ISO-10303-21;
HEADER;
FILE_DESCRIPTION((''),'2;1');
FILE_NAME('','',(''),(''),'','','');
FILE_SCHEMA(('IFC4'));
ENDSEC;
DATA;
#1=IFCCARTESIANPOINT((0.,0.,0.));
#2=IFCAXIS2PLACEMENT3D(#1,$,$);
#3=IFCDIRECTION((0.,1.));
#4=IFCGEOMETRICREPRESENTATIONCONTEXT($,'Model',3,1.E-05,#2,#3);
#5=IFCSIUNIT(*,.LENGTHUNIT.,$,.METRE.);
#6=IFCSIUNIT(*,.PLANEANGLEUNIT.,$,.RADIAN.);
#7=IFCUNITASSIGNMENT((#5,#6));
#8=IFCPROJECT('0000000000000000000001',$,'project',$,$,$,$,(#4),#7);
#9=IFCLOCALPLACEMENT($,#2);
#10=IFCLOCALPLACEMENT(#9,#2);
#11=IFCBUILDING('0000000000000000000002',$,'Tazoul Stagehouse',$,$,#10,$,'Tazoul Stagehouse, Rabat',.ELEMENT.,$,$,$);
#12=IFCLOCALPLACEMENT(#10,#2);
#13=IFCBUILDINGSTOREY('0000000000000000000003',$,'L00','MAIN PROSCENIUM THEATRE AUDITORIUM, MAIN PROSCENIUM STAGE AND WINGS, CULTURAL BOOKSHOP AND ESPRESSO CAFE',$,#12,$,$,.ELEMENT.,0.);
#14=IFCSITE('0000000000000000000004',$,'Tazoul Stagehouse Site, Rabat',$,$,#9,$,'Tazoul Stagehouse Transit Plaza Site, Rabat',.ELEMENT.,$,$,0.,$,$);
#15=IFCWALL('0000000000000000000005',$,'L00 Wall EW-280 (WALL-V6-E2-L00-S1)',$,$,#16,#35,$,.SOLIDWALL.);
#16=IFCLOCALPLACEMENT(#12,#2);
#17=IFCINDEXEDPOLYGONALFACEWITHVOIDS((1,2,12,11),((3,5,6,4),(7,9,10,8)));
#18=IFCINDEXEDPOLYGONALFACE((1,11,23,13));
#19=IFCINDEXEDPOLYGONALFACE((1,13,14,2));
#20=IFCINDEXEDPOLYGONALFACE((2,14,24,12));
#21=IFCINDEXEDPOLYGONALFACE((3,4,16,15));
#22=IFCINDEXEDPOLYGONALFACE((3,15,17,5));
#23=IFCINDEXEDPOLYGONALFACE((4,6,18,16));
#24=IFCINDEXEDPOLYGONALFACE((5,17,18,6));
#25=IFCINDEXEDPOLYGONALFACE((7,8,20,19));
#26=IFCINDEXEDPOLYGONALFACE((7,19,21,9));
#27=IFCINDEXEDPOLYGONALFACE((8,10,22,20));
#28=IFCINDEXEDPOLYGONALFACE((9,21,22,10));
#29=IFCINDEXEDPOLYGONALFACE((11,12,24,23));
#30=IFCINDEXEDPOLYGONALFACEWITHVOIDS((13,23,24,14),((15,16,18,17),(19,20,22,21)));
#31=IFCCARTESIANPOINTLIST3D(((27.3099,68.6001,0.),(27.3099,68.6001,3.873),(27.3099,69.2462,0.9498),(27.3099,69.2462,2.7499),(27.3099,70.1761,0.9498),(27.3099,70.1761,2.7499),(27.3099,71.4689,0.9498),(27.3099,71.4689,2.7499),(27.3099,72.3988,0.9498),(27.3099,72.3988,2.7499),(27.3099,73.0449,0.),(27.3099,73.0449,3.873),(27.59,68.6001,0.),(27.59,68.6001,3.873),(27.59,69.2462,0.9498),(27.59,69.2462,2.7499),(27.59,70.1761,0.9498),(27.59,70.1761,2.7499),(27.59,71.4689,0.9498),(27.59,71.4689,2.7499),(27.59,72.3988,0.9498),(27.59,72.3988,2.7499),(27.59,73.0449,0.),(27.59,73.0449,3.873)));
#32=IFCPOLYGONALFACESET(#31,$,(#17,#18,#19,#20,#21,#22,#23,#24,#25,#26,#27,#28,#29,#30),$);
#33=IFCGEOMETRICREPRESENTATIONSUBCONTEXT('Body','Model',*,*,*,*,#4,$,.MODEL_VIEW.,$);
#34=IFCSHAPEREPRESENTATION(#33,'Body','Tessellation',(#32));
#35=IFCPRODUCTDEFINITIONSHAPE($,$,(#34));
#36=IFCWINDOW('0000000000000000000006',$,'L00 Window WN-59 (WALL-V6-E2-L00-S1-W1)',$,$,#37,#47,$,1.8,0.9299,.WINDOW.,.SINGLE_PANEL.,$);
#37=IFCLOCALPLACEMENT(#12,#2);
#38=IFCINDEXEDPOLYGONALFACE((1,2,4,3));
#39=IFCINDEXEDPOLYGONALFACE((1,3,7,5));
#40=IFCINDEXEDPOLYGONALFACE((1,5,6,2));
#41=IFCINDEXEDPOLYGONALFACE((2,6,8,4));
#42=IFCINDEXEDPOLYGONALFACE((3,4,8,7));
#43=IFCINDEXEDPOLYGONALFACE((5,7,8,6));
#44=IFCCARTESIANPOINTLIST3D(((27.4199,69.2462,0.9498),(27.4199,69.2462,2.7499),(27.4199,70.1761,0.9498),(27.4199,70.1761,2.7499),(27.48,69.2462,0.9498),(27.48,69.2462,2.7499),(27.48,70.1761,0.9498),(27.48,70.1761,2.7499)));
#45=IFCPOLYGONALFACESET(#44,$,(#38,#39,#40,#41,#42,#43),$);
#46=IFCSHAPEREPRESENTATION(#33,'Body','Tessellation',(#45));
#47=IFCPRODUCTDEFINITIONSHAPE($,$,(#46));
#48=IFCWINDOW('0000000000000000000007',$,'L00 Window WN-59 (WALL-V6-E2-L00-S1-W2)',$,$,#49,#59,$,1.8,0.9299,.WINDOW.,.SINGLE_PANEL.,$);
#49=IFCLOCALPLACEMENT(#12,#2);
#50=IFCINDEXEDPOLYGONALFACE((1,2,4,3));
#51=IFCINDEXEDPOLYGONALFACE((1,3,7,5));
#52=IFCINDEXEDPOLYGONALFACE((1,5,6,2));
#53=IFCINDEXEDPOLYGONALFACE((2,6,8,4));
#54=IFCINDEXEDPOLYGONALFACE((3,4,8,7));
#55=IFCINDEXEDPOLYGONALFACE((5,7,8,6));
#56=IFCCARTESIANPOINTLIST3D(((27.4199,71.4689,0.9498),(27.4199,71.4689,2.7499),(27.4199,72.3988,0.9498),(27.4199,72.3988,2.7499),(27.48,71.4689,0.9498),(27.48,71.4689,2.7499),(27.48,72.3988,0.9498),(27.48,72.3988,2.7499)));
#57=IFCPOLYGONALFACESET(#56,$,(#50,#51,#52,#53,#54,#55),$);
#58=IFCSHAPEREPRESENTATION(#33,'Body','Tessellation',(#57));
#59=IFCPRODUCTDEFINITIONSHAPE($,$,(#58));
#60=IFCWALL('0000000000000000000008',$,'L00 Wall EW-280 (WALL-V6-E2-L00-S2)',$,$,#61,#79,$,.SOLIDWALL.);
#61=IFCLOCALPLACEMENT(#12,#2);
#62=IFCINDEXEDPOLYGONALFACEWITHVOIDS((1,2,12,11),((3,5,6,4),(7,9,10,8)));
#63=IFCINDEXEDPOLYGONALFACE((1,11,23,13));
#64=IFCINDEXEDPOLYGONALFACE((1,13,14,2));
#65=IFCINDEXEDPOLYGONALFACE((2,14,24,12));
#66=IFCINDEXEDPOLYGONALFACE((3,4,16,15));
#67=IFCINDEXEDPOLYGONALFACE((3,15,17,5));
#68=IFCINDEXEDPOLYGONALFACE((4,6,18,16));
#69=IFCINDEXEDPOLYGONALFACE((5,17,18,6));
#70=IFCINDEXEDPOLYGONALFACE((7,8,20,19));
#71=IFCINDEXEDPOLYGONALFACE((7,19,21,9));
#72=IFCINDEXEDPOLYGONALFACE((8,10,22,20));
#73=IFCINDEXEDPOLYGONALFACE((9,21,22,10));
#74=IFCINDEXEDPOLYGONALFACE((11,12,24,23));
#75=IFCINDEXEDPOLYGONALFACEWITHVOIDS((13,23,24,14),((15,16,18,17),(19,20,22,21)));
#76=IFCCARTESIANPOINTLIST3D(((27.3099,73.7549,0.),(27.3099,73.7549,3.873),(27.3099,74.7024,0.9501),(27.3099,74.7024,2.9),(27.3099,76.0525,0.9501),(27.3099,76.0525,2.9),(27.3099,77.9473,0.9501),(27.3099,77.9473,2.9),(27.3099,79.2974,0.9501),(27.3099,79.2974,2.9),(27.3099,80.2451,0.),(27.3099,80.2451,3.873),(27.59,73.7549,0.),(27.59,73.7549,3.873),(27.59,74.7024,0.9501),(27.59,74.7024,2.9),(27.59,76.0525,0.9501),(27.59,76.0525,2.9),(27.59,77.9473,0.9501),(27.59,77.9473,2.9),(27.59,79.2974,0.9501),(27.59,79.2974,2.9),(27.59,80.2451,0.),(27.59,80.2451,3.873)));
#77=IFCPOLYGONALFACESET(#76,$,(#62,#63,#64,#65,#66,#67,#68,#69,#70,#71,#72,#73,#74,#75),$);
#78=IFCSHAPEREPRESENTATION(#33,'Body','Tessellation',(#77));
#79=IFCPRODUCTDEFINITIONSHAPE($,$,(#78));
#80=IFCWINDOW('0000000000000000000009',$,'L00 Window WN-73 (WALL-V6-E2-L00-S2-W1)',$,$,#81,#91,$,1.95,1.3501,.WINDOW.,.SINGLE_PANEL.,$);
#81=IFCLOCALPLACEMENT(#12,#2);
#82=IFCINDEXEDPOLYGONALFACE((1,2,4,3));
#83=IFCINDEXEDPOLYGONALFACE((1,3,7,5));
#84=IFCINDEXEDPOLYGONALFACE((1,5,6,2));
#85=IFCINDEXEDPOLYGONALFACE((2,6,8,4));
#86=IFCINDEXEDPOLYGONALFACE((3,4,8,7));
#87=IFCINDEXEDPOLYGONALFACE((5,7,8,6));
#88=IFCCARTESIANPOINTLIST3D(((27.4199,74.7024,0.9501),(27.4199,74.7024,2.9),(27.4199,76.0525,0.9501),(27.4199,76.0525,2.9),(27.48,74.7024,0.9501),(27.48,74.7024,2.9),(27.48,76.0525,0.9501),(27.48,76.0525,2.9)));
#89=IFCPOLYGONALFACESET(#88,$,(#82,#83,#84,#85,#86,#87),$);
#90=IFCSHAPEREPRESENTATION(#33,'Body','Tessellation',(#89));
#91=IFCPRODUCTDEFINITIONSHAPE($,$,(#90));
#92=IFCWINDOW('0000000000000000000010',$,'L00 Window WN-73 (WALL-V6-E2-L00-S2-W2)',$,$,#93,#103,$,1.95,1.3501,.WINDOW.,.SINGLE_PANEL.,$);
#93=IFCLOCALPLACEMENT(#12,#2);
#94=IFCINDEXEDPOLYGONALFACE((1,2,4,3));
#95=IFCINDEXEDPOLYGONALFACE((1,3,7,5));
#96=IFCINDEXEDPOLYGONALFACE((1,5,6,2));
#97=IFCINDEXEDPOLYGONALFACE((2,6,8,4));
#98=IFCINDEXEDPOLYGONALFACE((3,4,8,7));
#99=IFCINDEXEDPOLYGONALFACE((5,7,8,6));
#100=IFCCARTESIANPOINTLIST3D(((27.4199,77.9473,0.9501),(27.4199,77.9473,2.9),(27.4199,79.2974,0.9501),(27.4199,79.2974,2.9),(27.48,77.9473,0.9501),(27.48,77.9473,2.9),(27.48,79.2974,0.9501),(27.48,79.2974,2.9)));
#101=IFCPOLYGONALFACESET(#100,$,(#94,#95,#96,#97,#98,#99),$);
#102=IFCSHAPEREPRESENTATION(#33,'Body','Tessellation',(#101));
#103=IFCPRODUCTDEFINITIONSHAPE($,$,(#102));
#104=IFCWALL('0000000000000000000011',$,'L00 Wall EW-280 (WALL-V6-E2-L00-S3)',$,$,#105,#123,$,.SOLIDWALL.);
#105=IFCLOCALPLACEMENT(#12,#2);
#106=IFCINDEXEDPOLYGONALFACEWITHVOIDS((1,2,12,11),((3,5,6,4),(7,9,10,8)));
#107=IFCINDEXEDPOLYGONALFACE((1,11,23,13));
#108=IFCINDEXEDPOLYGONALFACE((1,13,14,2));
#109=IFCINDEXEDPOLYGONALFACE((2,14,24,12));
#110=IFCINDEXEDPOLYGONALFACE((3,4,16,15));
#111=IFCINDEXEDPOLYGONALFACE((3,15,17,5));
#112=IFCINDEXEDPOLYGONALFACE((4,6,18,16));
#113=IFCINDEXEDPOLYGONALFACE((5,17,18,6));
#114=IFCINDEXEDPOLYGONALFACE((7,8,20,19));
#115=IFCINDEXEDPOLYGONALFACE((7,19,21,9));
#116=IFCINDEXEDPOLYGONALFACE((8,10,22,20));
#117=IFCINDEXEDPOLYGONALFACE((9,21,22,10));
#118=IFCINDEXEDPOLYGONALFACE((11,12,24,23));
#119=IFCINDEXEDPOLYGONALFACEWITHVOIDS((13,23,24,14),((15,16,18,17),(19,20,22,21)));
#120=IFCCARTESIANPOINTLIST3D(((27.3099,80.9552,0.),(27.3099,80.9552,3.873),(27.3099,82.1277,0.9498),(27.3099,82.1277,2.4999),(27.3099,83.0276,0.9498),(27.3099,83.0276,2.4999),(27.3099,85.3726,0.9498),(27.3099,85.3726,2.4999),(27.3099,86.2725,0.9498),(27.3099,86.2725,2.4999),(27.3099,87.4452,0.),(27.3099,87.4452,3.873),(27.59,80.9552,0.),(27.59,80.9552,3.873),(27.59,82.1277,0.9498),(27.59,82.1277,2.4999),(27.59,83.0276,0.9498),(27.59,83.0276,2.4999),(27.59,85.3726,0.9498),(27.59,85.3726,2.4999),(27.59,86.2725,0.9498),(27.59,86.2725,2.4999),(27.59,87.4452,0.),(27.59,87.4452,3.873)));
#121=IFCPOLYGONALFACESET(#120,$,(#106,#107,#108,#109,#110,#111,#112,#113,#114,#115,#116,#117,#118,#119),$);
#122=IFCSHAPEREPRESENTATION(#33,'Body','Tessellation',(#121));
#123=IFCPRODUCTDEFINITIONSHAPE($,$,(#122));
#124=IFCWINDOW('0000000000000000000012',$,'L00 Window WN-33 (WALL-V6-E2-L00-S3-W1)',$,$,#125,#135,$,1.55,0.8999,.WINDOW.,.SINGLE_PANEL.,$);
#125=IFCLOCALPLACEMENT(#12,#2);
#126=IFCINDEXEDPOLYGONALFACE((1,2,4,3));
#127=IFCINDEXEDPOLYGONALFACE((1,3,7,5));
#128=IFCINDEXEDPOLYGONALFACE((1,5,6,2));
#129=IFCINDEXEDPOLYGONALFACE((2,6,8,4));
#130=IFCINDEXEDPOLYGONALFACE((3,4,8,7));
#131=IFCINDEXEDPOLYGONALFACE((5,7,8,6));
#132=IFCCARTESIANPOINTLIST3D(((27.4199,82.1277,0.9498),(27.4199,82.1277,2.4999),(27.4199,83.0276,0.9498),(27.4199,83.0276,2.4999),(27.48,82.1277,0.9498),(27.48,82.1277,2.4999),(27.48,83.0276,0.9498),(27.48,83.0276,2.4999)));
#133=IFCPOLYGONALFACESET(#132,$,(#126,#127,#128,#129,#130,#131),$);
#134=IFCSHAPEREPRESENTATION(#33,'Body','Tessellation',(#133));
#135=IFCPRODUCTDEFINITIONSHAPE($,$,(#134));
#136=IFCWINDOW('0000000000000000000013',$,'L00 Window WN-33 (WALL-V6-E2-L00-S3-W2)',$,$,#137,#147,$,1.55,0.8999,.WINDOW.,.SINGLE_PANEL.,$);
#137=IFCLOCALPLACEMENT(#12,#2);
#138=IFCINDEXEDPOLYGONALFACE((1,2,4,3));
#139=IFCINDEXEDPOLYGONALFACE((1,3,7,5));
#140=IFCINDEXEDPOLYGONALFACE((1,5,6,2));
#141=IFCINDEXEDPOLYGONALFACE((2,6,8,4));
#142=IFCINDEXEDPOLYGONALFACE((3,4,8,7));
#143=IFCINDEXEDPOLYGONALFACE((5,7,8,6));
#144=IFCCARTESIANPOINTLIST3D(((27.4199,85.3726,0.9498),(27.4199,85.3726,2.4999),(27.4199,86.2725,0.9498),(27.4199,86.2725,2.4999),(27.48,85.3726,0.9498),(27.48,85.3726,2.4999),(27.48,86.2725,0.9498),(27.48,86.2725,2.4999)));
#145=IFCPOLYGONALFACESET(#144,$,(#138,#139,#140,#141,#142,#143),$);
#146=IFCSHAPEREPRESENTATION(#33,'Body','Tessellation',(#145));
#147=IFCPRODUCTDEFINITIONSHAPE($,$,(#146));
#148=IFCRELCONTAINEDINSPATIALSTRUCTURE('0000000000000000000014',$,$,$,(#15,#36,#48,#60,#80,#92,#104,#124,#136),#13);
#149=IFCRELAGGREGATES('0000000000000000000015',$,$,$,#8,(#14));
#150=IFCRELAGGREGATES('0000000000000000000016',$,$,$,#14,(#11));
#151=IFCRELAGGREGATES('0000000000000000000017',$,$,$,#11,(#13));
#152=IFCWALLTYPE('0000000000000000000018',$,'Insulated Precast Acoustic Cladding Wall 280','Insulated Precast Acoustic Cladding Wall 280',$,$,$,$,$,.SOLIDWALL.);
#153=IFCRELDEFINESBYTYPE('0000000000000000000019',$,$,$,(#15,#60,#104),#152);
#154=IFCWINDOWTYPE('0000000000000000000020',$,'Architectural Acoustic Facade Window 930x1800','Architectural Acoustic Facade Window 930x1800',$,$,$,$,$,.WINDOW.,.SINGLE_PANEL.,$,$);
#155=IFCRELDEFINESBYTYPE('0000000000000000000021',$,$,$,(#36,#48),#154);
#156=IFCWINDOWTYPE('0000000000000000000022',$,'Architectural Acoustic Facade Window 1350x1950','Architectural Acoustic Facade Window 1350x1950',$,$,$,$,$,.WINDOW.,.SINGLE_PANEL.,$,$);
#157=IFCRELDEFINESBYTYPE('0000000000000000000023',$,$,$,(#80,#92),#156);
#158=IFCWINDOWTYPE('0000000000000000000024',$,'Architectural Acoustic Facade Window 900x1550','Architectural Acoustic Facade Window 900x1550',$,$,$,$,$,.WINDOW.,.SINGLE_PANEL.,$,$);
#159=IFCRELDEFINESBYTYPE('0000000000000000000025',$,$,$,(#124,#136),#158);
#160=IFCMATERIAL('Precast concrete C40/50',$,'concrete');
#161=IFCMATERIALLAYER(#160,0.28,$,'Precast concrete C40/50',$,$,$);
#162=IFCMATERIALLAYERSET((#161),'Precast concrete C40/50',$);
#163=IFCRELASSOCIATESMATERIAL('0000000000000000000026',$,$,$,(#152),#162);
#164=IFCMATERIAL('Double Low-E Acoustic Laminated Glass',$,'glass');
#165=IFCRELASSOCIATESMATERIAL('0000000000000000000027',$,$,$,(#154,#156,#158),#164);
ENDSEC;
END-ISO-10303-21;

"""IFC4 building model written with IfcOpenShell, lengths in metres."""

from ifc_helpers import new_model, si_unit, direction, frame, frame_2d, origin, place, context, subcontext, project, spatial, rectangle, extrude, material, layer, layer_set, type_object, element, fill, save


model = new_model("IFC4")

# Units and contexts
model_context = context("Model", 3, precision=1e-05, world=origin(), true_north=direction((0.0, 1.0)))
body_context = subcontext(model_context, "Body", "Model", "MODEL_VIEW")
ifc_project = project(units=[si_unit("LENGTHUNIT", "METRE"), si_unit("PLANEANGLEUNIT", "RADIAN")], contexts=[model_context])

# Site, building, storey
site_placement = place(None, origin())
site = spatial("IfcSite", under=ifc_project, at=site_placement, Name="Tazoul Stagehouse Site, Rabat", LongName="Tazoul Stagehouse Transit Plaza Site, Rabat", CompositionType="ELEMENT", RefElevation=0.0)
building_placement = place(site_placement, origin())
building = spatial("IfcBuilding", under=site, at=building_placement, Name="Tazoul Stagehouse", LongName="Tazoul Stagehouse, Rabat", CompositionType="ELEMENT")
storey_placement = place(building_placement, origin())
storey = spatial("IfcBuildingStorey", under=building, at=storey_placement, Name="L00", Description="MAIN PROSCENIUM THEATRE AUDITORIUM, MAIN PROSCENIUM STAGE AND WINGS, CULTURAL BOOKSHOP AND ESPRESSO CAFE", CompositionType="ELEMENT", Elevation=0.0)

# Walls, openings, windows
ifc_material_1 = material(Name="Precast concrete C40/50", Category="concrete")
ifc_layer_1 = layer(ifc_material_1, 0.28, Name="Precast concrete C40/50")
ifc_layer_set_1 = layer_set([ifc_layer_1], Name="Precast concrete C40/50")
wall_type = type_object("IfcWallType", Name="Insulated Precast Acoustic Cladding Wall 280", Description="Insulated Precast Acoustic Cladding Wall 280", PredefinedType="SOLIDWALL", material=ifc_layer_set_1)
wall_1_placement = place(storey_placement, frame((27.45, 68.6001, 0.0), z_axis=(0.0, 0.0, 1.0), x_axis=(0.0, 1.0, 0.0)))
wall_1 = element("IfcWall", 1, at=wall_1_placement, inside=storey, type_object=wall_type, Name="L00 Wall EW-280 (WALL-V6-E2-L00-S1)", PredefinedType="SOLIDWALL", context=body_context, shape_type="SweptSolid", body=[
    extrude(rectangle(XDim=4.4448, YDim=0.28, at=frame_2d((2.2224, 0.0))), origin(), (0.0, 0.0, 1.0), 3.873),
])
opening_1_placement = place(wall_1_placement, frame((0.6462, 0.0, 0.95)))
opening_1 = element("IfcOpeningElement", 2, at=opening_1_placement, cuts=wall_1, PredefinedType="OPENING", context=body_context, shape_type="SweptSolid", body=[
    extrude(rectangle(XDim=0.9299, YDim=1.8, at=frame_2d((0.4648, 0.8999))), frame((0.0, 0.1599, 0.0), z_axis=(0.0, -1.0, 0.0), x_axis=(1.0, 0.0, 0.0)), (0.0, 0.0, 1.0), 0.3201),
])
opening_2_placement = place(wall_1_placement, frame((2.8689, 0.0, 0.95)))
opening_2 = element("IfcOpeningElement", 3, at=opening_2_placement, cuts=wall_1, PredefinedType="OPENING", context=body_context, shape_type="SweptSolid", body=[
    extrude(rectangle(XDim=0.9299, YDim=1.8, at=frame_2d((0.4648, 0.8999))), frame((0.0, 0.1599, 0.0), z_axis=(0.0, -1.0, 0.0), x_axis=(1.0, 0.0, 0.0)), (0.0, 0.0, 1.0), 0.3201),
])
ifc_material_2 = material(Name="Double Low-E Acoustic Laminated Glass", Category="glass")
window_type_1 = type_object("IfcWindowType", Name="Architectural Acoustic Facade Window 930x1800", Description="Architectural Acoustic Facade Window 930x1800", PartitioningType="SINGLE_PANEL", PredefinedType="WINDOW", material=ifc_material_2)
window_1_placement = place(opening_1_placement, origin())
window_1 = element("IfcWindow", 4, at=window_1_placement, inside=storey, type_object=window_type_1, Name="L00 Window WN-59 (WALL-V6-E2-L00-S1-W1)", OverallHeight=1.8, OverallWidth=0.9299, PartitioningType="SINGLE_PANEL", PredefinedType="WINDOW", context=body_context, shape_type="SweptSolid", body=[
    extrude(rectangle(XDim=0.9299, YDim=1.8, at=frame_2d((0.4648, 0.8999))), frame((0.0, 0.03, 0.0), z_axis=(0.0, -1.0, 0.0), x_axis=(1.0, 0.0, 0.0)), (0.0, 0.0, 1.0), 0.0601),
])
fill(opening_1, window_1)
window_2_placement = place(opening_2_placement, origin())
window_2 = element("IfcWindow", 5, at=window_2_placement, inside=storey, type_object=window_type_1, Name="L00 Window WN-59 (WALL-V6-E2-L00-S1-W2)", OverallHeight=1.8, OverallWidth=0.9299, PartitioningType="SINGLE_PANEL", PredefinedType="WINDOW", context=body_context, shape_type="SweptSolid", body=[
    extrude(rectangle(XDim=0.9299, YDim=1.8, at=frame_2d((0.4648, 0.8999))), frame((0.0, 0.03, 0.0), z_axis=(0.0, -1.0, 0.0), x_axis=(1.0, 0.0, 0.0)), (0.0, 0.0, 1.0), 0.0601),
])
fill(opening_2, window_2)
wall_2_placement = place(storey_placement, frame((27.45, 73.7549, 0.0), z_axis=(0.0, 0.0, 1.0), x_axis=(0.0, 1.0, 0.0)))
wall_2 = element("IfcWall", 6, at=wall_2_placement, inside=storey, type_object=wall_type, Name="L00 Wall EW-280 (WALL-V6-E2-L00-S2)", PredefinedType="SOLIDWALL", context=body_context, shape_type="SweptSolid", body=[
    extrude(rectangle(XDim=6.4902, YDim=0.28, at=frame_2d((3.2451, 0.0))), origin(), (0.0, 0.0, 1.0), 3.873),
])
opening_3_placement = place(wall_2_placement, frame((0.9475, 0.0, 0.95)))
opening_3 = element("IfcOpeningElement", 7, at=opening_3_placement, cuts=wall_2, PredefinedType="OPENING", context=body_context, shape_type="SweptSolid", body=[
    extrude(rectangle(XDim=1.3501, YDim=1.95, at=frame_2d((0.675, 0.9751))), frame((0.0, 0.1599, 0.0), z_axis=(0.0, -1.0, 0.0), x_axis=(1.0, 0.0, 0.0)), (0.0, 0.0, 1.0), 0.3201),
])
opening_4_placement = place(wall_2_placement, frame((4.1924, 0.0, 0.95)))
opening_4 = element("IfcOpeningElement", 8, at=opening_4_placement, cuts=wall_2, PredefinedType="OPENING", context=body_context, shape_type="SweptSolid", body=[
    extrude(rectangle(XDim=1.3501, YDim=1.95, at=frame_2d((0.675, 0.9751))), frame((0.0, 0.1599, 0.0), z_axis=(0.0, -1.0, 0.0), x_axis=(1.0, 0.0, 0.0)), (0.0, 0.0, 1.0), 0.3201),
])
window_type_2 = type_object("IfcWindowType", Name="Architectural Acoustic Facade Window 1350x1950", Description="Architectural Acoustic Facade Window 1350x1950", PartitioningType="SINGLE_PANEL", PredefinedType="WINDOW", material=ifc_material_2)
window_3_placement = place(opening_3_placement, origin())
window_3 = element("IfcWindow", 9, at=window_3_placement, inside=storey, type_object=window_type_2, Name="L00 Window WN-73 (WALL-V6-E2-L00-S2-W1)", OverallHeight=1.95, OverallWidth=1.3501, PartitioningType="SINGLE_PANEL", PredefinedType="WINDOW", context=body_context, shape_type="SweptSolid", body=[
    extrude(rectangle(XDim=1.3501, YDim=1.95, at=frame_2d((0.675, 0.9751))), frame((0.0, 0.03, 0.0), z_axis=(0.0, -1.0, 0.0), x_axis=(1.0, 0.0, 0.0)), (0.0, 0.0, 1.0), 0.0601),
])
fill(opening_3, window_3)
window_4_placement = place(opening_4_placement, origin())
window_4 = element("IfcWindow", 10, at=window_4_placement, inside=storey, type_object=window_type_2, Name="L00 Window WN-73 (WALL-V6-E2-L00-S2-W2)", OverallHeight=1.95, OverallWidth=1.3501, PartitioningType="SINGLE_PANEL", PredefinedType="WINDOW", context=body_context, shape_type="SweptSolid", body=[
    extrude(rectangle(XDim=1.3501, YDim=1.95, at=frame_2d((0.675, 0.9751))), frame((0.0, 0.03, 0.0), z_axis=(0.0, -1.0, 0.0), x_axis=(1.0, 0.0, 0.0)), (0.0, 0.0, 1.0), 0.0601),
])
fill(opening_4, window_4)
wall_3_placement = place(storey_placement, frame((27.45, 80.9551, 0.0), z_axis=(0.0, 0.0, 1.0), x_axis=(0.0, 1.0, 0.0)))
wall_3 = element("IfcWall", 11, at=wall_3_placement, inside=storey, type_object=wall_type, Name="L00 Wall EW-280 (WALL-V6-E2-L00-S3)", PredefinedType="SOLIDWALL", context=body_context, shape_type="SweptSolid", body=[
    extrude(rectangle(XDim=6.49, YDim=0.28, at=frame_2d((3.2451, 0.0))), origin(), (0.0, 0.0, 1.0), 3.873),
])
opening_5_placement = place(wall_3_placement, frame((1.1726, 0.0, 0.95)))
opening_5 = element("IfcOpeningElement", 12, at=opening_5_placement, cuts=wall_3, PredefinedType="OPENING", context=body_context, shape_type="SweptSolid", body=[
    extrude(rectangle(XDim=0.8999, YDim=1.55, at=frame_2d((0.45, 0.7749))), frame((0.0, 0.1599, 0.0), z_axis=(0.0, -1.0, 0.0), x_axis=(1.0, 0.0, 0.0)), (0.0, 0.0, 1.0), 0.3201),
])
opening_6_placement = place(wall_3_placement, frame((4.4175, 0.0, 0.95)))
opening_6 = element("IfcOpeningElement", 13, at=opening_6_placement, cuts=wall_3, PredefinedType="OPENING", context=body_context, shape_type="SweptSolid", body=[
    extrude(rectangle(XDim=0.8999, YDim=1.55, at=frame_2d((0.45, 0.7749))), frame((0.0, 0.1599, 0.0), z_axis=(0.0, -1.0, 0.0), x_axis=(1.0, 0.0, 0.0)), (0.0, 0.0, 1.0), 0.3201),
])
window_type_3 = type_object("IfcWindowType", Name="Architectural Acoustic Facade Window 900x1550", Description="Architectural Acoustic Facade Window 900x1550", PartitioningType="SINGLE_PANEL", PredefinedType="WINDOW", material=ifc_material_2)
window_5_placement = place(opening_5_placement, origin())
window_5 = element("IfcWindow", 14, at=window_5_placement, inside=storey, type_object=window_type_3, Name="L00 Window WN-33 (WALL-V6-E2-L00-S3-W1)", OverallHeight=1.55, OverallWidth=0.8999, PartitioningType="SINGLE_PANEL", PredefinedType="WINDOW", context=body_context, shape_type="SweptSolid", body=[
    extrude(rectangle(XDim=0.8999, YDim=1.55, at=frame_2d((0.45, 0.7749))), frame((0.0, 0.03, 0.0), z_axis=(0.0, -1.0, 0.0), x_axis=(1.0, 0.0, 0.0)), (0.0, 0.0, 1.0), 0.0601),
])
fill(opening_5, window_5)
window_6_placement = place(opening_6_placement, origin())
window_6 = element("IfcWindow", 15, at=window_6_placement, inside=storey, type_object=window_type_3, Name="L00 Window WN-33 (WALL-V6-E2-L00-S3-W2)", OverallHeight=1.55, OverallWidth=0.8999, PartitioningType="SINGLE_PANEL", PredefinedType="WINDOW", context=body_context, shape_type="SweptSolid", body=[
    extrude(rectangle(XDim=0.8999, YDim=1.55, at=frame_2d((0.45, 0.7749))), frame((0.0, 0.03, 0.0), z_axis=(0.0, -1.0, 0.0), x_axis=(1.0, 0.0, 0.0)), (0.0, 0.0, 1.0), 0.0601),
])
fill(opening_6, window_6)

save(model, "model.ifc")
